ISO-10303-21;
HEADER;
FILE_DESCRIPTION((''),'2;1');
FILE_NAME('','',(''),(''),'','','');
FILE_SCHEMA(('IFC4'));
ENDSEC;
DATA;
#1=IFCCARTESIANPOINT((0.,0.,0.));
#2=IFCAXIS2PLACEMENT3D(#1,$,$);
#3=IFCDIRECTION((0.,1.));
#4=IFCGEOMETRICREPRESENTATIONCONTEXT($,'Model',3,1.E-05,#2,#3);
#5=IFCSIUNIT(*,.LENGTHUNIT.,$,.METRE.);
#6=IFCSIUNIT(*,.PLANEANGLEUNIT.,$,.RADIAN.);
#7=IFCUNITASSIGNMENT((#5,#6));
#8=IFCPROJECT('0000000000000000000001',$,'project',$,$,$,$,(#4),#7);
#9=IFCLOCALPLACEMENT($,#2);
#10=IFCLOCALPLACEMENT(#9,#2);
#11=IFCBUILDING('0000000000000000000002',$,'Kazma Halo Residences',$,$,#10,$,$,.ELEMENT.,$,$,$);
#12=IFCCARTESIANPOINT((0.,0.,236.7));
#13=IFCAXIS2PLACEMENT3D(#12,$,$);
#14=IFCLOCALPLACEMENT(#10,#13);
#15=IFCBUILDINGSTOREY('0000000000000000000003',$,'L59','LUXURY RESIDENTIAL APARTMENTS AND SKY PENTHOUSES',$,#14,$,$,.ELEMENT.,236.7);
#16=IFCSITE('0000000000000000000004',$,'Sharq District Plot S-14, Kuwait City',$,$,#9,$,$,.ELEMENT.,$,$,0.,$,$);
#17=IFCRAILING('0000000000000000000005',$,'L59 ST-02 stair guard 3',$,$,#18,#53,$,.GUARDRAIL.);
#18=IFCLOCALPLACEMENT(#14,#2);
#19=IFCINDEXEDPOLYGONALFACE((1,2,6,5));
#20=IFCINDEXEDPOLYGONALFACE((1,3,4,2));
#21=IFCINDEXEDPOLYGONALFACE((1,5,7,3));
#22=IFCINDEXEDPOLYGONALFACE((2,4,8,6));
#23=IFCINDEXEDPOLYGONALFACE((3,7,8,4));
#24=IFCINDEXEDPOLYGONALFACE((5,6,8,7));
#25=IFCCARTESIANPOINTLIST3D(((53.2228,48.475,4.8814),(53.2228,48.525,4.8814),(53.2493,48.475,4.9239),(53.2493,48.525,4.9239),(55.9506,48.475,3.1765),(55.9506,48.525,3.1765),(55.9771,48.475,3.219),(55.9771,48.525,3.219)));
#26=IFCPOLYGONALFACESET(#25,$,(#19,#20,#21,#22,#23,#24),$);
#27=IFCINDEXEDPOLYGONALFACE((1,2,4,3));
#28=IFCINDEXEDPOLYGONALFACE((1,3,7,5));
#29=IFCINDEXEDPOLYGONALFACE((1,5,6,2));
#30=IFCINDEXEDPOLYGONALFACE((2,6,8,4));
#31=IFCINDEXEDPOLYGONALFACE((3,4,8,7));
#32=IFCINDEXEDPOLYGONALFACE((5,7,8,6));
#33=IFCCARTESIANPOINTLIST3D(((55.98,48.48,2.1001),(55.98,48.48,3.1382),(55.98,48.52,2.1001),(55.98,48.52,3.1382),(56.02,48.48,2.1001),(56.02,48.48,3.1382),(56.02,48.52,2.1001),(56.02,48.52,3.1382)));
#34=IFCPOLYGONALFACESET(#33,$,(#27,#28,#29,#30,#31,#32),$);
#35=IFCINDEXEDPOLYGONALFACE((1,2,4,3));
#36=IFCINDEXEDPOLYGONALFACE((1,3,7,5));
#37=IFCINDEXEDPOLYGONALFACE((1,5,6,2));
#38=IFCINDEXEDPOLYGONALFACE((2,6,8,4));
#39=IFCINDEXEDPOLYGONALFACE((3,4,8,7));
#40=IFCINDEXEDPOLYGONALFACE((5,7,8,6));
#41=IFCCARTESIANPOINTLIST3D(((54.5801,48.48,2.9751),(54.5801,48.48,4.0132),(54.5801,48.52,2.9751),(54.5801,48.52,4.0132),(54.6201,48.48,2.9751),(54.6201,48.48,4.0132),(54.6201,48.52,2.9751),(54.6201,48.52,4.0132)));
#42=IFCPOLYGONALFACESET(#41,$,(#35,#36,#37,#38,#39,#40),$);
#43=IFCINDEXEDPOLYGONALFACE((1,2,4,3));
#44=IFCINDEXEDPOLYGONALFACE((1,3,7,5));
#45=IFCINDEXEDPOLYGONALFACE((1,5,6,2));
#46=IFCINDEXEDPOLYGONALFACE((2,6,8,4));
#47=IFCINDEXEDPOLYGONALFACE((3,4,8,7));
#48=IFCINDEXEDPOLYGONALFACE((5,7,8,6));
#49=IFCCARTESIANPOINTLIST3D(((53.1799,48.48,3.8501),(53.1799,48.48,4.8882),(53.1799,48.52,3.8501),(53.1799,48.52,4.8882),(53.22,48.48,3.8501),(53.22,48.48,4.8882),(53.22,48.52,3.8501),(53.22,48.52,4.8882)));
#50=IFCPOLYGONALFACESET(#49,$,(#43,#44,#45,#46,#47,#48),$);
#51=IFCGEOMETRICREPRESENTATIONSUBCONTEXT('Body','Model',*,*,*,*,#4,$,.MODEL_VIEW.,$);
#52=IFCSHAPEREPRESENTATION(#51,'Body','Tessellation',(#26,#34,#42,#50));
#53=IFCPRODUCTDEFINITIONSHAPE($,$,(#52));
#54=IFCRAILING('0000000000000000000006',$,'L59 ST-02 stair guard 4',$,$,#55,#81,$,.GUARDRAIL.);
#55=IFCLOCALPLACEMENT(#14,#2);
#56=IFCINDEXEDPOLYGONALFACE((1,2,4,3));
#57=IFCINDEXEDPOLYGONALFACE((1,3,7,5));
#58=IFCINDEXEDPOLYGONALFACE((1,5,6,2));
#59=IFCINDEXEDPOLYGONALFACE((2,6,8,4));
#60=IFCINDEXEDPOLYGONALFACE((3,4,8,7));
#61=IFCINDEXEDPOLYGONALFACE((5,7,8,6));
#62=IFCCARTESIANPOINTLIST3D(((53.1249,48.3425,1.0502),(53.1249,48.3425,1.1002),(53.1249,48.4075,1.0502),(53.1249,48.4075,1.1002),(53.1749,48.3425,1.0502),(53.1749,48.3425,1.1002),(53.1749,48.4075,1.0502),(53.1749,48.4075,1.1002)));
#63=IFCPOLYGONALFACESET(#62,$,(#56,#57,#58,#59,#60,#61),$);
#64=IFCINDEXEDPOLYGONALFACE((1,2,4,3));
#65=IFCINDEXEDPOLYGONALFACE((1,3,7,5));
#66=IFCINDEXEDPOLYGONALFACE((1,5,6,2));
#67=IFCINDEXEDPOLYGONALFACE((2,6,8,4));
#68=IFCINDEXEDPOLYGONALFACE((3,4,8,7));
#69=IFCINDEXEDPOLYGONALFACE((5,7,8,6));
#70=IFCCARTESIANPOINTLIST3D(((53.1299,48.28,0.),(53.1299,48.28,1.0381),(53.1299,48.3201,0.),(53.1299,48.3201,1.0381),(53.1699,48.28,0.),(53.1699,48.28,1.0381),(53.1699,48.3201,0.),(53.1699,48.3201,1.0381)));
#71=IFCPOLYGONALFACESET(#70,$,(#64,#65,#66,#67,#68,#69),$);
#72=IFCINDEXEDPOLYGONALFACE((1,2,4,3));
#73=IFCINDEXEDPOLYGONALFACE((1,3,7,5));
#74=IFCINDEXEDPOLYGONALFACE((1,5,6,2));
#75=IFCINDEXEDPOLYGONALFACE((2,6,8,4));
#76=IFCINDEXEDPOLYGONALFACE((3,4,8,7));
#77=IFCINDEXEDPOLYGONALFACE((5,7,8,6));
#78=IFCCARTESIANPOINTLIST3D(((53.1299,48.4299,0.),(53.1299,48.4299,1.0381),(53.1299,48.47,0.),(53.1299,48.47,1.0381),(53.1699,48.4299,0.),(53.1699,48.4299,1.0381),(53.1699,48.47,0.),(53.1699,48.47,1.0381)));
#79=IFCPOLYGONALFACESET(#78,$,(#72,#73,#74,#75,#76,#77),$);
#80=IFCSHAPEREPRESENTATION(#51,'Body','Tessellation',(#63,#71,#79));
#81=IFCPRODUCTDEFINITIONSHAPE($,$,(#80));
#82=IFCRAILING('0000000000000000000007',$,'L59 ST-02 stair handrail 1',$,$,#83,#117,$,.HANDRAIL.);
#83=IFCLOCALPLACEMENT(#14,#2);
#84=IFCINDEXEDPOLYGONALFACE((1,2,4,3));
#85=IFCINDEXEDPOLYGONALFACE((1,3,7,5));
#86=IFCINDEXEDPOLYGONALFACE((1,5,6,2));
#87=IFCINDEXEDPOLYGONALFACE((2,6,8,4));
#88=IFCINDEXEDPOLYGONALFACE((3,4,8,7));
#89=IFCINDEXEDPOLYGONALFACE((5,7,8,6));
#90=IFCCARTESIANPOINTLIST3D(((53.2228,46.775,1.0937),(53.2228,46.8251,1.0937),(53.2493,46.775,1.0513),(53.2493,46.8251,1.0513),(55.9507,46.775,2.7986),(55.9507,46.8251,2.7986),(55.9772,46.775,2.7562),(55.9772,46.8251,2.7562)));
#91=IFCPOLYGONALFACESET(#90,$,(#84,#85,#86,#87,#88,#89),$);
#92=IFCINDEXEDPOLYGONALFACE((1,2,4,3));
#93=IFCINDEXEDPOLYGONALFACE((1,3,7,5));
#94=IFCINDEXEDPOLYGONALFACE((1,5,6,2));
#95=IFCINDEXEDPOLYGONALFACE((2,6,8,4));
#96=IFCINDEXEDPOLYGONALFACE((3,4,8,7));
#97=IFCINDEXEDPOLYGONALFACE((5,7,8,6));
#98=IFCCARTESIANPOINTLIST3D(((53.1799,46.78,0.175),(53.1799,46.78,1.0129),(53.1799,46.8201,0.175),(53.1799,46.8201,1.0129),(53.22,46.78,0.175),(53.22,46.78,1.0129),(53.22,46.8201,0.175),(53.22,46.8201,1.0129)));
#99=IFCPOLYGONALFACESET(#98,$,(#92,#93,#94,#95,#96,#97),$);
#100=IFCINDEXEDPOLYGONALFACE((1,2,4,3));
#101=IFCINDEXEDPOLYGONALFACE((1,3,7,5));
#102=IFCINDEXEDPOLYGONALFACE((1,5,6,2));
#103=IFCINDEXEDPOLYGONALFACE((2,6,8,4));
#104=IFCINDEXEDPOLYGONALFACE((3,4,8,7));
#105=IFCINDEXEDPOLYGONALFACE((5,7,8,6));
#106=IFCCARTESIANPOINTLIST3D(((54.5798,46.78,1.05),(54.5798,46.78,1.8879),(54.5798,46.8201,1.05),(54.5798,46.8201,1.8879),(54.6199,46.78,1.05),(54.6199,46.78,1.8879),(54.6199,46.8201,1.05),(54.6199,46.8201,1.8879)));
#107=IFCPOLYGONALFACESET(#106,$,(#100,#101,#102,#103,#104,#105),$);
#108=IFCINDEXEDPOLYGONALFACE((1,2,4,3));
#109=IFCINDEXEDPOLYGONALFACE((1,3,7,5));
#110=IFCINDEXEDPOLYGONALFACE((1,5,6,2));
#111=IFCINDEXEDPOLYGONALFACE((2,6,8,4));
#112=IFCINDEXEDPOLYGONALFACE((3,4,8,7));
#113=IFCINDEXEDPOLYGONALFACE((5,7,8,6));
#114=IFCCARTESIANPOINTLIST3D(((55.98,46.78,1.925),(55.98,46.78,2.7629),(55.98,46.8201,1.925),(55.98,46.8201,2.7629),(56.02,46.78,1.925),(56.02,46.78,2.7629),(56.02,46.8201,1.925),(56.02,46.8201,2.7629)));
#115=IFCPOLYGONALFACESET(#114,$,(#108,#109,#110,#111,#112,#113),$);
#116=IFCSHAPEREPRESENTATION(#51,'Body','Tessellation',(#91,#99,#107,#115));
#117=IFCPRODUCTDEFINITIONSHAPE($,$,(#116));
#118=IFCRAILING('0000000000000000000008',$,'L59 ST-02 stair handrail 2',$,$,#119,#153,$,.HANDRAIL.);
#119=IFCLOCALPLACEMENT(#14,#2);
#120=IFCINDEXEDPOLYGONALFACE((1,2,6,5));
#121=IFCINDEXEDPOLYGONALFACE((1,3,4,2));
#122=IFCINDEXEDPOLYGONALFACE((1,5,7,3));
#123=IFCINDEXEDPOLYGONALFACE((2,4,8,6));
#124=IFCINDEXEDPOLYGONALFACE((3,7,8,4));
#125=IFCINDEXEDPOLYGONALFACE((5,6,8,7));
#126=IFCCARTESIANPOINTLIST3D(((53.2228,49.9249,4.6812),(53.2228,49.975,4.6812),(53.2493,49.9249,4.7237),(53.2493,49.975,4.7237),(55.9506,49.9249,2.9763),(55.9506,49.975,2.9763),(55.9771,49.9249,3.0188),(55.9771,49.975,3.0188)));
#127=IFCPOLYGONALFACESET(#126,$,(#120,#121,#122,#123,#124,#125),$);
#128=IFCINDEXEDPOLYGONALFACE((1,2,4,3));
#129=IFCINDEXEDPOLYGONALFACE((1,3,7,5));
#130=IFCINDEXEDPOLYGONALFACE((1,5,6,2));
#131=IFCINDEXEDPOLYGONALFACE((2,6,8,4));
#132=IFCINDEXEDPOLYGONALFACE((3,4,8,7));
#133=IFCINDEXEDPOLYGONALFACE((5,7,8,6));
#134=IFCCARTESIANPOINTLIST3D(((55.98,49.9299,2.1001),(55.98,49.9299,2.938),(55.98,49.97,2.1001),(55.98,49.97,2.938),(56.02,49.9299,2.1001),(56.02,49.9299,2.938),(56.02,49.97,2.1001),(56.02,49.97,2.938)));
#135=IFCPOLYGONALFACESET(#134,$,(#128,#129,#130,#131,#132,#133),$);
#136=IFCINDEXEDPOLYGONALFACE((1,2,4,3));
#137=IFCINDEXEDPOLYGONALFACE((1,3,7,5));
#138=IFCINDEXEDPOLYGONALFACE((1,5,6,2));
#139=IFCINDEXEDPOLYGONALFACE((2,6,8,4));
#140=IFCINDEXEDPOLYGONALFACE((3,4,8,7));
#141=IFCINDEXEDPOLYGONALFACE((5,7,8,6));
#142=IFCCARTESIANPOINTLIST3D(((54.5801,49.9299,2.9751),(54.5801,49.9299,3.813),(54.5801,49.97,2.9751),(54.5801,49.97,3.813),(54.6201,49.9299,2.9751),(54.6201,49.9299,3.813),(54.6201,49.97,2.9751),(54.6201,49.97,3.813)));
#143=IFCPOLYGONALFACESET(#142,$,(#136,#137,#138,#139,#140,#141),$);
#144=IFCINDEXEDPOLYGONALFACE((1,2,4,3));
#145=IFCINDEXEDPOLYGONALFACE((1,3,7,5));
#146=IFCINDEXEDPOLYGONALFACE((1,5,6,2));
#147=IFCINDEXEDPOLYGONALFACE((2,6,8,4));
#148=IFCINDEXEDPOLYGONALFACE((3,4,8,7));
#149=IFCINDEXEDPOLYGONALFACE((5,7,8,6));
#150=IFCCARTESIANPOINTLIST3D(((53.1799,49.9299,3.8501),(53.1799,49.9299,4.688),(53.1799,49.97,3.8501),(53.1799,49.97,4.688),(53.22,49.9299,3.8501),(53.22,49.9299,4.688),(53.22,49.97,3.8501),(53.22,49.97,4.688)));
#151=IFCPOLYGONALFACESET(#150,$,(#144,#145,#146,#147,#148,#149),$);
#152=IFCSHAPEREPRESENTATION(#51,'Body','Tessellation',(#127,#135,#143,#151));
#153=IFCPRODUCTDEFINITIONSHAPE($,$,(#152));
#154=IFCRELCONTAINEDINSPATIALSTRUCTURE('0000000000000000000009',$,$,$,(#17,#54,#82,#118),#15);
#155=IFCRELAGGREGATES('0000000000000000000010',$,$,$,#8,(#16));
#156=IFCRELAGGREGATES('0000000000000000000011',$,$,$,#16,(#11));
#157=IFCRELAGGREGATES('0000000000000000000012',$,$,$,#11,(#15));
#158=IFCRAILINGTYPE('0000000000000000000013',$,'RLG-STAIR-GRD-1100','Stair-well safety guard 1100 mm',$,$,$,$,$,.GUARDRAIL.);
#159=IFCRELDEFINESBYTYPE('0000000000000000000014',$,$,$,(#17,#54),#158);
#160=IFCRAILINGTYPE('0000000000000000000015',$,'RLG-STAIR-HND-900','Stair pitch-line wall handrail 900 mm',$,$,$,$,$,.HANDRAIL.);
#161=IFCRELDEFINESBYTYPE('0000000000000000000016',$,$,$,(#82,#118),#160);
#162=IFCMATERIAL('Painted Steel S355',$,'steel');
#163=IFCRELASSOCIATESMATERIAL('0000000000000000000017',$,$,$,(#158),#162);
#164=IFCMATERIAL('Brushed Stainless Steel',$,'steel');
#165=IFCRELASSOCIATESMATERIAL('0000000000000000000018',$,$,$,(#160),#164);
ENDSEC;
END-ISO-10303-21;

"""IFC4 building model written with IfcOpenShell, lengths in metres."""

from ifc_helpers import new_model, si_unit, direction, frame, origin, origin_2d, place, context, subcontext, project, spatial, rectangle, extrude, material, type_object, element, save


model = new_model("IFC4")

# Units and contexts
model_context = context("Model", 3, precision=1e-05, world=origin(), true_north=direction((0.0, 1.0)))
body_context = subcontext(model_context, "Body", "Model", "MODEL_VIEW")
ifc_project = project(units=[si_unit("LENGTHUNIT", "METRE"), si_unit("PLANEANGLEUNIT", "RADIAN")], contexts=[model_context])

# Site, building, storey
site_placement = place(None, origin())
site = spatial("IfcSite", under=ifc_project, at=site_placement, Name="Sharq District Plot S-14, Kuwait City", CompositionType="ELEMENT", RefElevation=0.0)
building_placement = place(site_placement, origin())
building = spatial("IfcBuilding", under=site, at=building_placement, Name="Kazma Halo Residences", CompositionType="ELEMENT")
storey_placement = place(building_placement, frame((0.0, 0.0, 236.7)))
storey = spatial("IfcBuildingStorey", under=building, at=storey_placement, Name="L59", Description="LUXURY RESIDENTIAL APARTMENTS AND SKY PENTHOUSES", CompositionType="ELEMENT", Elevation=236.7)

# Railings
ifc_material_1 = material(Name="Painted Steel S355", Category="steel")
railing_type_1 = type_object("IfcRailingType", Name="RLG-STAIR-GRD-1100", Description="Stair-well safety guard 1100 mm", PredefinedType="GUARDRAIL", material=ifc_material_1)
railing_1_placement = place(storey_placement, frame((56.0, 48.5, 2.1001)))
element("IfcRailing", 1, at=railing_1_placement, inside=storey, type_object=railing_type_1, Name="L59 ST-02 stair guard 3", PredefinedType="GUARDRAIL", context=body_context, shape_type="SweptSolid", body=[
    extrude(rectangle(XDim=0.05, YDim=0.05, at=origin_2d()), frame((-0.0361, 0.0, 1.0977), z_axis=(-0.848002, 0.0, 0.529992), x_axis=(0.0, -1.0, 0.0)), (0.0, 0.0, 1.0), 3.2168),
    extrude(rectangle(XDim=0.04, YDim=0.04, at=origin_2d()), origin(), (0.0, 0.0, 1.0), 1.0381),
    extrude(rectangle(XDim=0.04, YDim=0.04, at=origin_2d()), frame((-1.3999, 0.0, 0.875)), (0.0, 0.0, 1.0), 1.0381),
    extrude(rectangle(XDim=0.04, YDim=0.04, at=origin_2d()), frame((-2.8, 0.0, 1.75)), (0.0, 0.0, 1.0), 1.0381),
])
railing_2_placement = place(storey_placement, frame((53.1499, 48.3, 0.0)))
element("IfcRailing", 2, at=railing_2_placement, inside=storey, type_object=railing_type_1, Name="L59 ST-02 stair guard 4", PredefinedType="GUARDRAIL", context=body_context, shape_type="SweptSolid", body=[
    extrude(rectangle(XDim=0.05, YDim=0.05, at=origin_2d()), frame((0.0, 0.0425, 1.0752), z_axis=(0.0, 1.0, 0.0), x_axis=(-1.0, 0.0, 0.0)), (0.0, 0.0, 1.0), 0.0649),
    extrude(rectangle(XDim=0.04, YDim=0.04, at=origin_2d()), origin(), (0.0, 0.0, 1.0), 1.0381),
    extrude(rectangle(XDim=0.04, YDim=0.04, at=origin_2d()), frame((0.0, 0.1499, 0.0)), (0.0, 0.0, 1.0), 1.0381),
])
ifc_material_2 = material(Name="Brushed Stainless Steel", Category="steel")
railing_type_2 = type_object("IfcRailingType", Name="RLG-STAIR-HND-900", Description="Stair pitch-line wall handrail 900 mm", PredefinedType="HANDRAIL", material=ifc_material_2)
railing_3_placement = place(storey_placement, frame((53.2, 46.8, 0.175)))
element("IfcRailing", 3, at=railing_3_placement, inside=storey, type_object=railing_type_2, Name="L59 ST-02 stair handrail 1", PredefinedType="HANDRAIL", context=body_context, shape_type="SweptSolid", body=[
    extrude(rectangle(XDim=0.05, YDim=0.05, at=origin_2d()), frame((0.0361, 0.0, 0.8975), z_axis=(0.848002, 0.0, 0.529992), x_axis=(0.0, 1.0, 0.0)), (0.0, 0.0, 1.0), 3.2168),
    extrude(rectangle(XDim=0.04, YDim=0.04, at=origin_2d()), origin(), (0.0, 0.0, 1.0), 0.8379),
    extrude(rectangle(XDim=0.04, YDim=0.04, at=origin_2d()), frame((1.3999, 0.0, 0.875)), (0.0, 0.0, 1.0), 0.8379),
    extrude(rectangle(XDim=0.04, YDim=0.04, at=origin_2d()), frame((2.8, 0.0, 1.75)), (0.0, 0.0, 1.0), 0.8379),
])
railing_4_placement = place(storey_placement, frame((56.0, 49.95, 2.1001)))
element("IfcRailing", 4, at=railing_4_placement, inside=storey, type_object=railing_type_2, Name="L59 ST-02 stair handrail 2", PredefinedType="HANDRAIL", context=body_context, shape_type="SweptSolid", body=[
    extrude(rectangle(XDim=0.05, YDim=0.05, at=origin_2d()), frame((-0.0361, 0.0, 0.8975), z_axis=(-0.848002, 0.0, 0.529992), x_axis=(0.0, -1.0, 0.0)), (0.0, 0.0, 1.0), 3.2168),
    extrude(rectangle(XDim=0.04, YDim=0.04, at=origin_2d()), origin(), (0.0, 0.0, 1.0), 0.8379),
    extrude(rectangle(XDim=0.04, YDim=0.04, at=origin_2d()), frame((-1.3999, 0.0, 0.875)), (0.0, 0.0, 1.0), 0.8379),
    extrude(rectangle(XDim=0.04, YDim=0.04, at=origin_2d()), frame((-2.8, 0.0, 1.75)), (0.0, 0.0, 1.0), 0.8379),
])

save(model, "model.ifc")
